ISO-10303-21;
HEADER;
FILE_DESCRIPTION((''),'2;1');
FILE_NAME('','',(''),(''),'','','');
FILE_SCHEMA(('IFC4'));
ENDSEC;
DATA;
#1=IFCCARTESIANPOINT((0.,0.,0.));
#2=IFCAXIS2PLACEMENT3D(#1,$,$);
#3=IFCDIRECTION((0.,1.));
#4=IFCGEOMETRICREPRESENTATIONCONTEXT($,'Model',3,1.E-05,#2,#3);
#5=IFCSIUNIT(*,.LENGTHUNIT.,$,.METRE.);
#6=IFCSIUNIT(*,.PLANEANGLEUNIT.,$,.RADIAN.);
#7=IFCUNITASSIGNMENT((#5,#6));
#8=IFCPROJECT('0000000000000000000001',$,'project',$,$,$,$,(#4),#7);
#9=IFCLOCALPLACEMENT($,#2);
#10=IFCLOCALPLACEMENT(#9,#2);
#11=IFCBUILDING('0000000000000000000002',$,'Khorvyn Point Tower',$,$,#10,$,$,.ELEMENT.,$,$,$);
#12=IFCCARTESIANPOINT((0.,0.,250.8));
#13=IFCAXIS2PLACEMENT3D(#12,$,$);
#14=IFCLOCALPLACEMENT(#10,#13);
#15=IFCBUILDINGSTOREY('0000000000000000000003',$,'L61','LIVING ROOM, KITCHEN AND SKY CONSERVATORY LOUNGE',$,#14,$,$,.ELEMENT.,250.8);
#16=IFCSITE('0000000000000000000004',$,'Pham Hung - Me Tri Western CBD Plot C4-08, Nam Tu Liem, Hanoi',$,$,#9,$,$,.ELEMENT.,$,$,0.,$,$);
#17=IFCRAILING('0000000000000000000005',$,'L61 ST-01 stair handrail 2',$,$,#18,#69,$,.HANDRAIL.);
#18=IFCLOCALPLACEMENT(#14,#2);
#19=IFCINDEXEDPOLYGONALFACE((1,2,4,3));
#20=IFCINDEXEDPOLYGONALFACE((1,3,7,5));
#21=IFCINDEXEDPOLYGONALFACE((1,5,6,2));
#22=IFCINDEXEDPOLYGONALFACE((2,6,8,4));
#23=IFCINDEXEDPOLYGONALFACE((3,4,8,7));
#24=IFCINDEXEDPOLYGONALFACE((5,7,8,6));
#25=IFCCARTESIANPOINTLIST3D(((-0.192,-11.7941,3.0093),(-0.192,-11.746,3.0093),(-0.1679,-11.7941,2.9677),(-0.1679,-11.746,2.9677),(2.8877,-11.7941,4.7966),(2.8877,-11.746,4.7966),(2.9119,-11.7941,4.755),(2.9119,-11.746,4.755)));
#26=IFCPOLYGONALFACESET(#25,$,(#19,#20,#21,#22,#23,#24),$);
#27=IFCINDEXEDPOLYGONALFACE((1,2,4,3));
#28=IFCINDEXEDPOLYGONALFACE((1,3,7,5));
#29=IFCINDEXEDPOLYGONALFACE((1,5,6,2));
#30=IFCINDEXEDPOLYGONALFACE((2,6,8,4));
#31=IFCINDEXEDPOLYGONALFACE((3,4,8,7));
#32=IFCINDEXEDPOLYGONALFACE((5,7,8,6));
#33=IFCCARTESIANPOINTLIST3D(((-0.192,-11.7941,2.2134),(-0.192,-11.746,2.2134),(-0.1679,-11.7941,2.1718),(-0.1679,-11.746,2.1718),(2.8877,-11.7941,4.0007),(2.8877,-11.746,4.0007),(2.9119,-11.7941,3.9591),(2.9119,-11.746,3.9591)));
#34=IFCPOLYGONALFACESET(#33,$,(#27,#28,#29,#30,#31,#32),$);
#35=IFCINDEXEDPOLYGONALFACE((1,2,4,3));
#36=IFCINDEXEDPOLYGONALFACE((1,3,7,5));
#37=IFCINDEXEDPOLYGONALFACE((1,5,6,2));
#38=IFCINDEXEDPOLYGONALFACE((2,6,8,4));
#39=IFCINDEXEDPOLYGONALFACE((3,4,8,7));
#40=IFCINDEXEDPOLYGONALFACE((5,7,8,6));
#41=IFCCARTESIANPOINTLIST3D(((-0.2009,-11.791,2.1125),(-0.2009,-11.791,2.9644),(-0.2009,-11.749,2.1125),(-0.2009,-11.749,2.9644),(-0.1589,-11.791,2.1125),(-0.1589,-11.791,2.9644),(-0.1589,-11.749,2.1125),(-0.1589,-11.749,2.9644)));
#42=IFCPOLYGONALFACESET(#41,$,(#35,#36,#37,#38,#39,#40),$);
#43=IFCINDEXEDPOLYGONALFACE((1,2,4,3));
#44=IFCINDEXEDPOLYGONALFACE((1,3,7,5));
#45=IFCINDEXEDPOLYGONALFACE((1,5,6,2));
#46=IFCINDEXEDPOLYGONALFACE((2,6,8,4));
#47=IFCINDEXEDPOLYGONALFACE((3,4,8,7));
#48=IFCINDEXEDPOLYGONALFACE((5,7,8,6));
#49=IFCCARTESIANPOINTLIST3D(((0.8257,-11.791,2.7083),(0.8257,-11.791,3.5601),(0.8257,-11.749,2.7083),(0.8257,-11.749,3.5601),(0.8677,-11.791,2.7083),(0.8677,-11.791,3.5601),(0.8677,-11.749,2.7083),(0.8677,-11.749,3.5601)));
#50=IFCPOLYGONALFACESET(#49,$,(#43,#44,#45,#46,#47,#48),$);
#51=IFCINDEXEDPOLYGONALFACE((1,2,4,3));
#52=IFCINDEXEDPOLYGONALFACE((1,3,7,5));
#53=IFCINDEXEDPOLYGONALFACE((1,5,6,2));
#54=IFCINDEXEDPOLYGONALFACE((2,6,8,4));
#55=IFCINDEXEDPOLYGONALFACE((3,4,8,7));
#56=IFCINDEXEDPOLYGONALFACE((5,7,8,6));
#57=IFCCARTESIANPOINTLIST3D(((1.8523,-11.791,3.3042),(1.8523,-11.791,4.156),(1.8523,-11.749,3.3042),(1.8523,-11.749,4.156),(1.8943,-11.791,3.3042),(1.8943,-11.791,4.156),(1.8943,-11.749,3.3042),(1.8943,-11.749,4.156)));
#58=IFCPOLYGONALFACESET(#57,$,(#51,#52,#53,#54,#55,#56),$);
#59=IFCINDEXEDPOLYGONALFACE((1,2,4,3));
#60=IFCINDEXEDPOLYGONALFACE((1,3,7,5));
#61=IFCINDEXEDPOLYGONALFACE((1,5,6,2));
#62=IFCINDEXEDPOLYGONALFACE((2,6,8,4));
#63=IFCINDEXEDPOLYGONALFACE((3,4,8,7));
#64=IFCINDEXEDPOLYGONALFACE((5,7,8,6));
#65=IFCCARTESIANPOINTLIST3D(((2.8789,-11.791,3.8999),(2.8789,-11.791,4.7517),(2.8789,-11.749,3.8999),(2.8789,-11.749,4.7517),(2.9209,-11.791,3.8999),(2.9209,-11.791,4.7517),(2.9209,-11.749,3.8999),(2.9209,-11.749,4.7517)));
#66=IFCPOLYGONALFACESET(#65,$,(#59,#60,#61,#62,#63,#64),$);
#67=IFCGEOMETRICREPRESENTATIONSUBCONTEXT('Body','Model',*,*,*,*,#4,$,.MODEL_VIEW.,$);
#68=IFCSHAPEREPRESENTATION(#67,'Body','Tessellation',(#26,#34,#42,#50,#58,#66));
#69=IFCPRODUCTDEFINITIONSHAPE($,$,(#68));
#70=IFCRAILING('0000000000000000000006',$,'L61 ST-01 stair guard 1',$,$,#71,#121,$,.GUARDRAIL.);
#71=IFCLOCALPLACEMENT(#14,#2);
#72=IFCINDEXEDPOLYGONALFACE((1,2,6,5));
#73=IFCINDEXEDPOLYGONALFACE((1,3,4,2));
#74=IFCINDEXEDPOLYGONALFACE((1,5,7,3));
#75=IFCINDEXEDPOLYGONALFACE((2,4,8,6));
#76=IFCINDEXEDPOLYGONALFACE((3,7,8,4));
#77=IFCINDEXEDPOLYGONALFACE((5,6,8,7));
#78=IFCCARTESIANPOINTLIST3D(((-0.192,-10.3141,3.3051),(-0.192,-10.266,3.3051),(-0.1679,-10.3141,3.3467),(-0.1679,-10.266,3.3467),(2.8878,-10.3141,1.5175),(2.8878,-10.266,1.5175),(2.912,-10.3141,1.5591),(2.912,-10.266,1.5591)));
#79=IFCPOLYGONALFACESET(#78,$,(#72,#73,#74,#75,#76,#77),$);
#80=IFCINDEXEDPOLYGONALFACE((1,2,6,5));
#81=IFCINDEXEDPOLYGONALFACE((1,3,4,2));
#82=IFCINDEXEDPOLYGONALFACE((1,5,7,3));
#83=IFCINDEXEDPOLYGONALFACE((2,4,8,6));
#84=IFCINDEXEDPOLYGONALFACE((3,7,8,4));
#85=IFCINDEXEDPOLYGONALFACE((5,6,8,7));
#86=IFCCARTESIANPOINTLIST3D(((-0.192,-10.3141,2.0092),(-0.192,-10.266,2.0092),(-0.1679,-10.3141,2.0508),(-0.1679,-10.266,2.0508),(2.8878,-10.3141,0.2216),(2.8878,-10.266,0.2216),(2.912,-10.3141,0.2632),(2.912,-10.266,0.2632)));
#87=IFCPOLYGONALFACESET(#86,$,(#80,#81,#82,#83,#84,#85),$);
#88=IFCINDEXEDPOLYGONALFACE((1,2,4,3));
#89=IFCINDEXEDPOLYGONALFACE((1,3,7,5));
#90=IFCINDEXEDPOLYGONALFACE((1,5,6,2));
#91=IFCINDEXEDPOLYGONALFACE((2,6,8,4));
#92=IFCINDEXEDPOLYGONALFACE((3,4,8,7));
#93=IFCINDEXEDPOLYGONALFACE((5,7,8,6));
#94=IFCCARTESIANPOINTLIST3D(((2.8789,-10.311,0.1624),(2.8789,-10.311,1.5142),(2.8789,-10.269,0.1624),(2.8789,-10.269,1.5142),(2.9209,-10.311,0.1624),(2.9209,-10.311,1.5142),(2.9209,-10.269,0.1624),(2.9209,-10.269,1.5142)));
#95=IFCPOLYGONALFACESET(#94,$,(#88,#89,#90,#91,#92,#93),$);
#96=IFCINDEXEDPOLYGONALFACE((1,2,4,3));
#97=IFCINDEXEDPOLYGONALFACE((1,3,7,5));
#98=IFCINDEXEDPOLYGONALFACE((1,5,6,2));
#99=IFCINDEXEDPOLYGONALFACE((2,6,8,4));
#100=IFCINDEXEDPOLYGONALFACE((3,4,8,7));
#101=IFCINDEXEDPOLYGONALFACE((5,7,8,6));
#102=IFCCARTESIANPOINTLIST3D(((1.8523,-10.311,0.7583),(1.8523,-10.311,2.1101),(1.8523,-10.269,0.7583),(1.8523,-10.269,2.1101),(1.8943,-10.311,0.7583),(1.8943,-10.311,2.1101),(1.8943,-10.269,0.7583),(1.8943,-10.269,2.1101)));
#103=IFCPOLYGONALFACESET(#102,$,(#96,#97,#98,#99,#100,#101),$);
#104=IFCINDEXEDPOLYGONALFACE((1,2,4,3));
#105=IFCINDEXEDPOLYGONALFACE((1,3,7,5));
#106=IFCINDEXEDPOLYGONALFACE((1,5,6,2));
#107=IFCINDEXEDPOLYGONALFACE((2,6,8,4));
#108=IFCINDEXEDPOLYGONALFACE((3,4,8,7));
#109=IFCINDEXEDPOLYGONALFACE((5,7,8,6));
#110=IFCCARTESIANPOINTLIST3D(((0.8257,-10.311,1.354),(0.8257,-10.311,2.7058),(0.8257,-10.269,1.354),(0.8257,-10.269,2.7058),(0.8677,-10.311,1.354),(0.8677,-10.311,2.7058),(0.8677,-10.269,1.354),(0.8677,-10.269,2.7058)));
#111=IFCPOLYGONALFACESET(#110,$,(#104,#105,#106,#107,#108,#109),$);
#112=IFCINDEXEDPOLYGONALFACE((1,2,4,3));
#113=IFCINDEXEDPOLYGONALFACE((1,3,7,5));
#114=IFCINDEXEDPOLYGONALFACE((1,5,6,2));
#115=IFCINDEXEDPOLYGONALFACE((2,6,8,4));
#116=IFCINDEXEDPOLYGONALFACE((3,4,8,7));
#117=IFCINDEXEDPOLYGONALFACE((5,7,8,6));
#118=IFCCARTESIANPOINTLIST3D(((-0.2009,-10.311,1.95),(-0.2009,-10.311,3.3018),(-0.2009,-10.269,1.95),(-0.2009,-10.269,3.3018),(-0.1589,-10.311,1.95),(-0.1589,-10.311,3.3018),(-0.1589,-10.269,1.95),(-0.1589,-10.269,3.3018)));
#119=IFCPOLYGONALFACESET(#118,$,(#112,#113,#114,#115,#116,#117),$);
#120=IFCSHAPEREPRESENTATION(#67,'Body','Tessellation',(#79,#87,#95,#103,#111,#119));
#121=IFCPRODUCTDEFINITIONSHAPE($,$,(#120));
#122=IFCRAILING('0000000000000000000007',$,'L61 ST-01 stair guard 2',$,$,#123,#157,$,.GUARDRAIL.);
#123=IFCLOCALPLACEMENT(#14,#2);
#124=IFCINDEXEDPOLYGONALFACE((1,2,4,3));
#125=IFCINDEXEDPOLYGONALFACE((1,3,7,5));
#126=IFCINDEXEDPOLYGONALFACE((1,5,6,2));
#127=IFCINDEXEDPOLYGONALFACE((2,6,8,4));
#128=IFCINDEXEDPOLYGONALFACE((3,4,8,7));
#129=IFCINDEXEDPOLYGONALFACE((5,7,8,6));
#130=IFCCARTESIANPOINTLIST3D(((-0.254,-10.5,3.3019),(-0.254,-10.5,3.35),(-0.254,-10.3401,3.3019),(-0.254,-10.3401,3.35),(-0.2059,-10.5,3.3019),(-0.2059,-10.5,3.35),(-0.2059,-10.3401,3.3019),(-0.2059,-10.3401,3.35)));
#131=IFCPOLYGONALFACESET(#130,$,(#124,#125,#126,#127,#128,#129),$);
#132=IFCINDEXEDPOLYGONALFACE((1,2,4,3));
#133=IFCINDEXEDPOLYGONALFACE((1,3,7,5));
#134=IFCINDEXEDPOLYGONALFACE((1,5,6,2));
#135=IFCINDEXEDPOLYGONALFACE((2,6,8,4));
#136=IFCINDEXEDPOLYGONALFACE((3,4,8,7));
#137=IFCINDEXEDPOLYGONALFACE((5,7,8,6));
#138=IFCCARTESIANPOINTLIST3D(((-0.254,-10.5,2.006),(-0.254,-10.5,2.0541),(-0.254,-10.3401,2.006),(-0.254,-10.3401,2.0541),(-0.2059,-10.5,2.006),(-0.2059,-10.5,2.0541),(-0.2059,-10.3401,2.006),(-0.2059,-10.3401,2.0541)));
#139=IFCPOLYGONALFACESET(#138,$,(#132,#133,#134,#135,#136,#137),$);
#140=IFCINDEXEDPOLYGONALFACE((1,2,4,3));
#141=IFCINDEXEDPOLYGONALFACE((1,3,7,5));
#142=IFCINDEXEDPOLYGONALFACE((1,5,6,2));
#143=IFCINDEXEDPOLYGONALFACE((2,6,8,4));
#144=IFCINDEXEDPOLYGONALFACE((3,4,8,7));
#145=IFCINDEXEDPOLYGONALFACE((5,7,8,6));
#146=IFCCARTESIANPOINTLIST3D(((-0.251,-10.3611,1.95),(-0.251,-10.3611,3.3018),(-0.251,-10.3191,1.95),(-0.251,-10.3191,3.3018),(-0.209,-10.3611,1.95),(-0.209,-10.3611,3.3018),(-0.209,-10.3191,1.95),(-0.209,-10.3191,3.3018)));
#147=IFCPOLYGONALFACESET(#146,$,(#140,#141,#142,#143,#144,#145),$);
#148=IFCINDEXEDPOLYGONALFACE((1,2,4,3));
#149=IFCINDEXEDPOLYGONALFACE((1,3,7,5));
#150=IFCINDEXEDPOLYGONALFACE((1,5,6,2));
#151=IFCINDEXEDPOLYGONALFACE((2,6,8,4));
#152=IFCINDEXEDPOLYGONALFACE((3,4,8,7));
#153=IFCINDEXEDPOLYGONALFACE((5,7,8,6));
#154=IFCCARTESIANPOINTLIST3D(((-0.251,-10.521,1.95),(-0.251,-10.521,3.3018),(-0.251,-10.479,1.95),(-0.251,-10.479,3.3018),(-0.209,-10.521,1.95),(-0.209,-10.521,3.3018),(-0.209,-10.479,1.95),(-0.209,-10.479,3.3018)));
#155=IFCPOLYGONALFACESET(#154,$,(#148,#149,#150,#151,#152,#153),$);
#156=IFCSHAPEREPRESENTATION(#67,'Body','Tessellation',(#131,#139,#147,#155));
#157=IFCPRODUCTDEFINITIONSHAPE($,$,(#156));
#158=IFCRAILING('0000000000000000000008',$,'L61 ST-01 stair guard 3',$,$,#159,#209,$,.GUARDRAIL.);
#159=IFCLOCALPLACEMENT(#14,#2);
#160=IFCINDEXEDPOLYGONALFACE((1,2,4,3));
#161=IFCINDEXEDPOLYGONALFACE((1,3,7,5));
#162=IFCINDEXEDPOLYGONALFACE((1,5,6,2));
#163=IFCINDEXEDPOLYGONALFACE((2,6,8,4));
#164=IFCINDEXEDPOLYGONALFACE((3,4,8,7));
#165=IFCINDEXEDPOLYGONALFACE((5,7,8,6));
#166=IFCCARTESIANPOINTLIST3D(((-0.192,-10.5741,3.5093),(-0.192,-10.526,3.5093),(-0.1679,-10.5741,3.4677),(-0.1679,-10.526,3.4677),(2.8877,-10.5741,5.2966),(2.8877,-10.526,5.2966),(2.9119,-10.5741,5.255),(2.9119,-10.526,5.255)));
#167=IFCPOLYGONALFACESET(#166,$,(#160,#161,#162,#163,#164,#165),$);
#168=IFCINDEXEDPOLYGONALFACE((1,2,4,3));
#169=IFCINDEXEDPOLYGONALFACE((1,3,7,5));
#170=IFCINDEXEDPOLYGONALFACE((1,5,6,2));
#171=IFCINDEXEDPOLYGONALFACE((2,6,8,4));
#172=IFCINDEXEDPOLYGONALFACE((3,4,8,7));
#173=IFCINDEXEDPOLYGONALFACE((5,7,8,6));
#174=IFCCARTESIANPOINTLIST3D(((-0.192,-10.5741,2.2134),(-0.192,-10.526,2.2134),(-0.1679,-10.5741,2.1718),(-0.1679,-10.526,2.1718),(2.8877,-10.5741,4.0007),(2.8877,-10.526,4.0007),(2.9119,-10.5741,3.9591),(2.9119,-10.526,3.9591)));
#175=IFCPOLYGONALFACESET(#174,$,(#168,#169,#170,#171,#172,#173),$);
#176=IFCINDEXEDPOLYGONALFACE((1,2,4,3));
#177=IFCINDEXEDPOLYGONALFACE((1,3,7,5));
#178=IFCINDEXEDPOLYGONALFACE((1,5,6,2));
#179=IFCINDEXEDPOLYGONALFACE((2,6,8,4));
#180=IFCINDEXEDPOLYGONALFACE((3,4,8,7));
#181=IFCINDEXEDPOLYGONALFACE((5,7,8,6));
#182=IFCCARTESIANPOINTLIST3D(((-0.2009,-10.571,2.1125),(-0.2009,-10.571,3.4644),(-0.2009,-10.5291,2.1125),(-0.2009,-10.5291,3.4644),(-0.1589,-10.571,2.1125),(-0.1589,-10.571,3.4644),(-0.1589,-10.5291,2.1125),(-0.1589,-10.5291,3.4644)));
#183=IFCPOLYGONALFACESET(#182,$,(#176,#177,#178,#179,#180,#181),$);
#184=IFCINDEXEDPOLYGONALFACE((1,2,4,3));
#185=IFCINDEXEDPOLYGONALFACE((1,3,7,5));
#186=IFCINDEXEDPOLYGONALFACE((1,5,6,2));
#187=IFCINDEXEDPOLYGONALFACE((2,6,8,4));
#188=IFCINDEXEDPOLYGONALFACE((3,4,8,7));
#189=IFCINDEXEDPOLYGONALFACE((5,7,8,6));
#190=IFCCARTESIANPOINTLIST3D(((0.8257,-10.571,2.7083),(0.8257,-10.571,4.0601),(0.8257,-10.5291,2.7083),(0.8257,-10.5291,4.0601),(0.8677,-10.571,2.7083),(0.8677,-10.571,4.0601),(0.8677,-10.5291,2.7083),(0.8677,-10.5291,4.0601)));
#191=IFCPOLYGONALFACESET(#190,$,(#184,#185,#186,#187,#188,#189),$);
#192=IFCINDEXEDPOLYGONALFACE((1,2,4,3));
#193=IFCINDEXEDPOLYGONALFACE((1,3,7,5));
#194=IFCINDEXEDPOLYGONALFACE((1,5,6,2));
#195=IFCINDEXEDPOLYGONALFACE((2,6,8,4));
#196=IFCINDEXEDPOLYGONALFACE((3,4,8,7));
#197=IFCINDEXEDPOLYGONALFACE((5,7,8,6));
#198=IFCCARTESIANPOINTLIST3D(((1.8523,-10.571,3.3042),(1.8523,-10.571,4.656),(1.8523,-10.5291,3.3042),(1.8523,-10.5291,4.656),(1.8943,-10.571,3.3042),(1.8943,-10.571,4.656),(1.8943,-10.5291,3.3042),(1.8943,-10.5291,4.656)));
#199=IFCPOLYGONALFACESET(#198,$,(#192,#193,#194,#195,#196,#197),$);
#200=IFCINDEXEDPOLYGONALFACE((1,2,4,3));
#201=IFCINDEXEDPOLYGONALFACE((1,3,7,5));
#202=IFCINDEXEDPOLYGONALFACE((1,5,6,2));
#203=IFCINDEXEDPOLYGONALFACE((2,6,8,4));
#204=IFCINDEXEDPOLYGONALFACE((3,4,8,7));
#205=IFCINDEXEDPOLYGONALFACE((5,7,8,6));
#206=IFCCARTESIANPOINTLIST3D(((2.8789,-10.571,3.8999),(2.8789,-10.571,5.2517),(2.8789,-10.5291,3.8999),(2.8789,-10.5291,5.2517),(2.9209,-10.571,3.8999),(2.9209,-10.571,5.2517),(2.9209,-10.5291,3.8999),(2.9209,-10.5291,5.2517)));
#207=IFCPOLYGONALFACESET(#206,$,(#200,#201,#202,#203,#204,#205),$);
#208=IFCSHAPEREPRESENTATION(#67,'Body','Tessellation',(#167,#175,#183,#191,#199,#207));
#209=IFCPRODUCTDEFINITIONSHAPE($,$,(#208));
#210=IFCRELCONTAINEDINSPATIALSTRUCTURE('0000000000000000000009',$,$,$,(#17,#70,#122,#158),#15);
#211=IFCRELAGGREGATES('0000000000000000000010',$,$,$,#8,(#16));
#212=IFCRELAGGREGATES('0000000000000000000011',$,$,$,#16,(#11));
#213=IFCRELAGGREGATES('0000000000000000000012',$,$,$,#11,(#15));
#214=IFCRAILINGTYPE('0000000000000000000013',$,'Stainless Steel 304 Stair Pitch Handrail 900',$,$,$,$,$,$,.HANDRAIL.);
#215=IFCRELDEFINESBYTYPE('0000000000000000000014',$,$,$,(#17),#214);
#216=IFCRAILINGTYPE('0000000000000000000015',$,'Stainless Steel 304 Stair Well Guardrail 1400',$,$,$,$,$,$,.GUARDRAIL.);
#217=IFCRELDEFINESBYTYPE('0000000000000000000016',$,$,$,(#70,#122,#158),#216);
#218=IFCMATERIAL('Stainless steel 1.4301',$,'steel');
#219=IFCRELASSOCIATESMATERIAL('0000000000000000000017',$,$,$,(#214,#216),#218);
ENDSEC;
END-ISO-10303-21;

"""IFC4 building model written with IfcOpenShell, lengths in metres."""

from ifc_helpers import new_model, si_unit, direction, frame, origin, origin_2d, place, context, subcontext, project, spatial, rectangle, extrude, material, type_object, element, save


model = new_model("IFC4")

# Units and contexts
model_context = context("Model", 3, precision=1e-05, world=origin(), true_north=direction((0.0, 1.0)))
body_context = subcontext(model_context, "Body", "Model", "MODEL_VIEW")
ifc_project = project(units=[si_unit("LENGTHUNIT", "METRE"), si_unit("PLANEANGLEUNIT", "RADIAN")], contexts=[model_context])

# Site, building, storey
site_placement = place(None, origin())
site = spatial("IfcSite", under=ifc_project, at=site_placement, Name="Pham Hung - Me Tri Western CBD Plot C4-08, Nam Tu Liem, Hanoi", CompositionType="ELEMENT", RefElevation=0.0)
building_placement = place(site_placement, origin())
building = spatial("IfcBuilding", under=site, at=building_placement, Name="Khorvyn Point Tower", CompositionType="ELEMENT")
storey_placement = place(building_placement, frame((0.0, 0.0, 250.8)))
storey = spatial("IfcBuildingStorey", under=building, at=storey_placement, Name="L61", Description="LIVING ROOM, KITCHEN AND SKY CONSERVATORY LOUNGE", CompositionType="ELEMENT", Elevation=250.8)

# Railings
ifc_material_1 = material(Name="Stainless steel 1.4301", Category="steel")
railing_type_1 = type_object("IfcRailingType", Name="Stainless Steel 304 Stair Pitch Handrail 900", PredefinedType="HANDRAIL", material=ifc_material_1)
railing_1_placement = place(storey_placement, frame((-0.1799, -11.77, 2.1125)))
element("IfcRailing", 1, at=railing_1_placement, inside=storey, type_object=railing_type_1, Name="L61 ST-01 stair handrail 2", PredefinedType="HANDRAIL", context=body_context, shape_type="SweptSolid", body=[
    extrude(rectangle(XDim=0.0481, YDim=0.0481, at=origin_2d()), frame((0.0, 0.0, 0.876), z_axis=(0.864903, 0.0, 0.501939), x_axis=(0.0, 1.0, 0.0)), (0.0, 0.0, 1.0), 3.5608),
    extrude(rectangle(XDim=0.0481, YDim=0.0481, at=origin_2d()), frame((0.0, 0.0, 0.0801), z_axis=(0.864903, 0.0, 0.501939), x_axis=(0.0, 1.0, 0.0)), (0.0, 0.0, 1.0), 3.5608),
    extrude(rectangle(XDim=0.042, YDim=0.042, at=origin_2d()), origin(), (0.0, 0.0, 1.0), 0.8518),
    extrude(rectangle(XDim=0.042, YDim=0.042, at=origin_2d()), frame((1.0266, 0.0, 0.5957)), (0.0, 0.0, 1.0), 0.8518),
    extrude(rectangle(XDim=0.042, YDim=0.042, at=origin_2d()), frame((2.0532, 0.0, 1.1917)), (0.0, 0.0, 1.0), 0.8518),
    extrude(rectangle(XDim=0.042, YDim=0.042, at=origin_2d()), frame((3.0798, 0.0, 1.7874)), (0.0, 0.0, 1.0), 0.8518),
])
railing_type_2 = type_object("IfcRailingType", Name="Stainless Steel 304 Stair Well Guardrail 1400", PredefinedType="GUARDRAIL", material=ifc_material_1)
railing_2_placement = place(storey_placement, frame((2.8999, -10.29, 0.1624)))
element("IfcRailing", 2, at=railing_2_placement, inside=storey, type_object=railing_type_2, Name="L61 ST-01 stair guard 1", PredefinedType="GUARDRAIL", context=body_context, shape_type="SweptSolid", body=[
    extrude(rectangle(XDim=0.0481, YDim=0.0481, at=origin_2d()), frame((0.0, 0.0, 1.376), z_axis=(-0.864873, 0.0, 0.50199), x_axis=(0.0, -1.0, 0.0)), (0.0, 0.0, 1.0), 3.561),
    extrude(rectangle(XDim=0.0481, YDim=0.0481, at=origin_2d()), frame((0.0, 0.0, 0.0801), z_axis=(-0.864873, 0.0, 0.50199), x_axis=(0.0, -1.0, 0.0)), (0.0, 0.0, 1.0), 3.561),
    extrude(rectangle(XDim=0.042, YDim=0.042, at=origin_2d()), origin(), (0.0, 0.0, 1.0), 1.3518),
    extrude(rectangle(XDim=0.042, YDim=0.042, at=origin_2d()), frame((-1.0266, 0.0, 0.5959)), (0.0, 0.0, 1.0), 1.3518),
    extrude(rectangle(XDim=0.042, YDim=0.042, at=origin_2d()), frame((-2.0532, 0.0, 1.1917)), (0.0, 0.0, 1.0), 1.3518),
    extrude(rectangle(XDim=0.042, YDim=0.042, at=origin_2d()), frame((-3.0798, 0.0, 1.7876)), (0.0, 0.0, 1.0), 1.3518),
])
railing_3_placement = place(storey_placement, frame((-0.23, -10.3401, 1.95)))
element("IfcRailing", 3, at=railing_3_placement, inside=storey, type_object=railing_type_2, Name="L61 ST-01 stair guard 2", PredefinedType="GUARDRAIL", context=body_context, shape_type="SweptSolid", body=[
    extrude(rectangle(XDim=0.0481, YDim=0.0481, at=origin_2d()), frame((0.0, 0.0, 1.376), z_axis=(0.0, -1.0, 0.0), x_axis=(1.0, 0.0, 0.0)), (0.0, 0.0, 1.0), 0.1599),
    extrude(rectangle(XDim=0.0481, YDim=0.0481, at=origin_2d()), frame((0.0, 0.0, 0.0801), z_axis=(0.0, -1.0, 0.0), x_axis=(1.0, 0.0, 0.0)), (0.0, 0.0, 1.0), 0.1599),
    extrude(rectangle(XDim=0.042, YDim=0.042, at=origin_2d()), origin(), (0.0, 0.0, 1.0), 1.3518),
    extrude(rectangle(XDim=0.042, YDim=0.042, at=origin_2d()), frame((0.0, -0.1599, 0.0)), (0.0, 0.0, 1.0), 1.3518),
])
railing_4_placement = place(storey_placement, frame((-0.1799, -10.55, 2.1125)))
element("IfcRailing", 4, at=railing_4_placement, inside=storey, type_object=railing_type_2, Name="L61 ST-01 stair guard 3", PredefinedType="GUARDRAIL", context=body_context, shape_type="SweptSolid", body=[
    extrude(rectangle(XDim=0.0481, YDim=0.0481, at=origin_2d()), frame((0.0, 0.0, 1.376), z_axis=(0.864903, 0.0, 0.501939), x_axis=(0.0, 1.0, 0.0)), (0.0, 0.0, 1.0), 3.5608),
    extrude(rectangle(XDim=0.0481, YDim=0.0481, at=origin_2d()), frame((0.0, 0.0, 0.0801), z_axis=(0.864903, 0.0, 0.501939), x_axis=(0.0, 1.0, 0.0)), (0.0, 0.0, 1.0), 3.5608),
    extrude(rectangle(XDim=0.042, YDim=0.042, at=origin_2d()), origin(), (0.0, 0.0, 1.0), 1.3518),
    extrude(rectangle(XDim=0.042, YDim=0.042, at=origin_2d()), frame((1.0266, 0.0, 0.5957)), (0.0, 0.0, 1.0), 1.3518),
    extrude(rectangle(XDim=0.042, YDim=0.042, at=origin_2d()), frame((2.0532, 0.0, 1.1917)), (0.0, 0.0, 1.0), 1.3518),
    extrude(rectangle(XDim=0.042, YDim=0.042, at=origin_2d()), frame((3.0798, 0.0, 1.7874)), (0.0, 0.0, 1.0), 1.3518),
])

save(model, "model.ifc")
